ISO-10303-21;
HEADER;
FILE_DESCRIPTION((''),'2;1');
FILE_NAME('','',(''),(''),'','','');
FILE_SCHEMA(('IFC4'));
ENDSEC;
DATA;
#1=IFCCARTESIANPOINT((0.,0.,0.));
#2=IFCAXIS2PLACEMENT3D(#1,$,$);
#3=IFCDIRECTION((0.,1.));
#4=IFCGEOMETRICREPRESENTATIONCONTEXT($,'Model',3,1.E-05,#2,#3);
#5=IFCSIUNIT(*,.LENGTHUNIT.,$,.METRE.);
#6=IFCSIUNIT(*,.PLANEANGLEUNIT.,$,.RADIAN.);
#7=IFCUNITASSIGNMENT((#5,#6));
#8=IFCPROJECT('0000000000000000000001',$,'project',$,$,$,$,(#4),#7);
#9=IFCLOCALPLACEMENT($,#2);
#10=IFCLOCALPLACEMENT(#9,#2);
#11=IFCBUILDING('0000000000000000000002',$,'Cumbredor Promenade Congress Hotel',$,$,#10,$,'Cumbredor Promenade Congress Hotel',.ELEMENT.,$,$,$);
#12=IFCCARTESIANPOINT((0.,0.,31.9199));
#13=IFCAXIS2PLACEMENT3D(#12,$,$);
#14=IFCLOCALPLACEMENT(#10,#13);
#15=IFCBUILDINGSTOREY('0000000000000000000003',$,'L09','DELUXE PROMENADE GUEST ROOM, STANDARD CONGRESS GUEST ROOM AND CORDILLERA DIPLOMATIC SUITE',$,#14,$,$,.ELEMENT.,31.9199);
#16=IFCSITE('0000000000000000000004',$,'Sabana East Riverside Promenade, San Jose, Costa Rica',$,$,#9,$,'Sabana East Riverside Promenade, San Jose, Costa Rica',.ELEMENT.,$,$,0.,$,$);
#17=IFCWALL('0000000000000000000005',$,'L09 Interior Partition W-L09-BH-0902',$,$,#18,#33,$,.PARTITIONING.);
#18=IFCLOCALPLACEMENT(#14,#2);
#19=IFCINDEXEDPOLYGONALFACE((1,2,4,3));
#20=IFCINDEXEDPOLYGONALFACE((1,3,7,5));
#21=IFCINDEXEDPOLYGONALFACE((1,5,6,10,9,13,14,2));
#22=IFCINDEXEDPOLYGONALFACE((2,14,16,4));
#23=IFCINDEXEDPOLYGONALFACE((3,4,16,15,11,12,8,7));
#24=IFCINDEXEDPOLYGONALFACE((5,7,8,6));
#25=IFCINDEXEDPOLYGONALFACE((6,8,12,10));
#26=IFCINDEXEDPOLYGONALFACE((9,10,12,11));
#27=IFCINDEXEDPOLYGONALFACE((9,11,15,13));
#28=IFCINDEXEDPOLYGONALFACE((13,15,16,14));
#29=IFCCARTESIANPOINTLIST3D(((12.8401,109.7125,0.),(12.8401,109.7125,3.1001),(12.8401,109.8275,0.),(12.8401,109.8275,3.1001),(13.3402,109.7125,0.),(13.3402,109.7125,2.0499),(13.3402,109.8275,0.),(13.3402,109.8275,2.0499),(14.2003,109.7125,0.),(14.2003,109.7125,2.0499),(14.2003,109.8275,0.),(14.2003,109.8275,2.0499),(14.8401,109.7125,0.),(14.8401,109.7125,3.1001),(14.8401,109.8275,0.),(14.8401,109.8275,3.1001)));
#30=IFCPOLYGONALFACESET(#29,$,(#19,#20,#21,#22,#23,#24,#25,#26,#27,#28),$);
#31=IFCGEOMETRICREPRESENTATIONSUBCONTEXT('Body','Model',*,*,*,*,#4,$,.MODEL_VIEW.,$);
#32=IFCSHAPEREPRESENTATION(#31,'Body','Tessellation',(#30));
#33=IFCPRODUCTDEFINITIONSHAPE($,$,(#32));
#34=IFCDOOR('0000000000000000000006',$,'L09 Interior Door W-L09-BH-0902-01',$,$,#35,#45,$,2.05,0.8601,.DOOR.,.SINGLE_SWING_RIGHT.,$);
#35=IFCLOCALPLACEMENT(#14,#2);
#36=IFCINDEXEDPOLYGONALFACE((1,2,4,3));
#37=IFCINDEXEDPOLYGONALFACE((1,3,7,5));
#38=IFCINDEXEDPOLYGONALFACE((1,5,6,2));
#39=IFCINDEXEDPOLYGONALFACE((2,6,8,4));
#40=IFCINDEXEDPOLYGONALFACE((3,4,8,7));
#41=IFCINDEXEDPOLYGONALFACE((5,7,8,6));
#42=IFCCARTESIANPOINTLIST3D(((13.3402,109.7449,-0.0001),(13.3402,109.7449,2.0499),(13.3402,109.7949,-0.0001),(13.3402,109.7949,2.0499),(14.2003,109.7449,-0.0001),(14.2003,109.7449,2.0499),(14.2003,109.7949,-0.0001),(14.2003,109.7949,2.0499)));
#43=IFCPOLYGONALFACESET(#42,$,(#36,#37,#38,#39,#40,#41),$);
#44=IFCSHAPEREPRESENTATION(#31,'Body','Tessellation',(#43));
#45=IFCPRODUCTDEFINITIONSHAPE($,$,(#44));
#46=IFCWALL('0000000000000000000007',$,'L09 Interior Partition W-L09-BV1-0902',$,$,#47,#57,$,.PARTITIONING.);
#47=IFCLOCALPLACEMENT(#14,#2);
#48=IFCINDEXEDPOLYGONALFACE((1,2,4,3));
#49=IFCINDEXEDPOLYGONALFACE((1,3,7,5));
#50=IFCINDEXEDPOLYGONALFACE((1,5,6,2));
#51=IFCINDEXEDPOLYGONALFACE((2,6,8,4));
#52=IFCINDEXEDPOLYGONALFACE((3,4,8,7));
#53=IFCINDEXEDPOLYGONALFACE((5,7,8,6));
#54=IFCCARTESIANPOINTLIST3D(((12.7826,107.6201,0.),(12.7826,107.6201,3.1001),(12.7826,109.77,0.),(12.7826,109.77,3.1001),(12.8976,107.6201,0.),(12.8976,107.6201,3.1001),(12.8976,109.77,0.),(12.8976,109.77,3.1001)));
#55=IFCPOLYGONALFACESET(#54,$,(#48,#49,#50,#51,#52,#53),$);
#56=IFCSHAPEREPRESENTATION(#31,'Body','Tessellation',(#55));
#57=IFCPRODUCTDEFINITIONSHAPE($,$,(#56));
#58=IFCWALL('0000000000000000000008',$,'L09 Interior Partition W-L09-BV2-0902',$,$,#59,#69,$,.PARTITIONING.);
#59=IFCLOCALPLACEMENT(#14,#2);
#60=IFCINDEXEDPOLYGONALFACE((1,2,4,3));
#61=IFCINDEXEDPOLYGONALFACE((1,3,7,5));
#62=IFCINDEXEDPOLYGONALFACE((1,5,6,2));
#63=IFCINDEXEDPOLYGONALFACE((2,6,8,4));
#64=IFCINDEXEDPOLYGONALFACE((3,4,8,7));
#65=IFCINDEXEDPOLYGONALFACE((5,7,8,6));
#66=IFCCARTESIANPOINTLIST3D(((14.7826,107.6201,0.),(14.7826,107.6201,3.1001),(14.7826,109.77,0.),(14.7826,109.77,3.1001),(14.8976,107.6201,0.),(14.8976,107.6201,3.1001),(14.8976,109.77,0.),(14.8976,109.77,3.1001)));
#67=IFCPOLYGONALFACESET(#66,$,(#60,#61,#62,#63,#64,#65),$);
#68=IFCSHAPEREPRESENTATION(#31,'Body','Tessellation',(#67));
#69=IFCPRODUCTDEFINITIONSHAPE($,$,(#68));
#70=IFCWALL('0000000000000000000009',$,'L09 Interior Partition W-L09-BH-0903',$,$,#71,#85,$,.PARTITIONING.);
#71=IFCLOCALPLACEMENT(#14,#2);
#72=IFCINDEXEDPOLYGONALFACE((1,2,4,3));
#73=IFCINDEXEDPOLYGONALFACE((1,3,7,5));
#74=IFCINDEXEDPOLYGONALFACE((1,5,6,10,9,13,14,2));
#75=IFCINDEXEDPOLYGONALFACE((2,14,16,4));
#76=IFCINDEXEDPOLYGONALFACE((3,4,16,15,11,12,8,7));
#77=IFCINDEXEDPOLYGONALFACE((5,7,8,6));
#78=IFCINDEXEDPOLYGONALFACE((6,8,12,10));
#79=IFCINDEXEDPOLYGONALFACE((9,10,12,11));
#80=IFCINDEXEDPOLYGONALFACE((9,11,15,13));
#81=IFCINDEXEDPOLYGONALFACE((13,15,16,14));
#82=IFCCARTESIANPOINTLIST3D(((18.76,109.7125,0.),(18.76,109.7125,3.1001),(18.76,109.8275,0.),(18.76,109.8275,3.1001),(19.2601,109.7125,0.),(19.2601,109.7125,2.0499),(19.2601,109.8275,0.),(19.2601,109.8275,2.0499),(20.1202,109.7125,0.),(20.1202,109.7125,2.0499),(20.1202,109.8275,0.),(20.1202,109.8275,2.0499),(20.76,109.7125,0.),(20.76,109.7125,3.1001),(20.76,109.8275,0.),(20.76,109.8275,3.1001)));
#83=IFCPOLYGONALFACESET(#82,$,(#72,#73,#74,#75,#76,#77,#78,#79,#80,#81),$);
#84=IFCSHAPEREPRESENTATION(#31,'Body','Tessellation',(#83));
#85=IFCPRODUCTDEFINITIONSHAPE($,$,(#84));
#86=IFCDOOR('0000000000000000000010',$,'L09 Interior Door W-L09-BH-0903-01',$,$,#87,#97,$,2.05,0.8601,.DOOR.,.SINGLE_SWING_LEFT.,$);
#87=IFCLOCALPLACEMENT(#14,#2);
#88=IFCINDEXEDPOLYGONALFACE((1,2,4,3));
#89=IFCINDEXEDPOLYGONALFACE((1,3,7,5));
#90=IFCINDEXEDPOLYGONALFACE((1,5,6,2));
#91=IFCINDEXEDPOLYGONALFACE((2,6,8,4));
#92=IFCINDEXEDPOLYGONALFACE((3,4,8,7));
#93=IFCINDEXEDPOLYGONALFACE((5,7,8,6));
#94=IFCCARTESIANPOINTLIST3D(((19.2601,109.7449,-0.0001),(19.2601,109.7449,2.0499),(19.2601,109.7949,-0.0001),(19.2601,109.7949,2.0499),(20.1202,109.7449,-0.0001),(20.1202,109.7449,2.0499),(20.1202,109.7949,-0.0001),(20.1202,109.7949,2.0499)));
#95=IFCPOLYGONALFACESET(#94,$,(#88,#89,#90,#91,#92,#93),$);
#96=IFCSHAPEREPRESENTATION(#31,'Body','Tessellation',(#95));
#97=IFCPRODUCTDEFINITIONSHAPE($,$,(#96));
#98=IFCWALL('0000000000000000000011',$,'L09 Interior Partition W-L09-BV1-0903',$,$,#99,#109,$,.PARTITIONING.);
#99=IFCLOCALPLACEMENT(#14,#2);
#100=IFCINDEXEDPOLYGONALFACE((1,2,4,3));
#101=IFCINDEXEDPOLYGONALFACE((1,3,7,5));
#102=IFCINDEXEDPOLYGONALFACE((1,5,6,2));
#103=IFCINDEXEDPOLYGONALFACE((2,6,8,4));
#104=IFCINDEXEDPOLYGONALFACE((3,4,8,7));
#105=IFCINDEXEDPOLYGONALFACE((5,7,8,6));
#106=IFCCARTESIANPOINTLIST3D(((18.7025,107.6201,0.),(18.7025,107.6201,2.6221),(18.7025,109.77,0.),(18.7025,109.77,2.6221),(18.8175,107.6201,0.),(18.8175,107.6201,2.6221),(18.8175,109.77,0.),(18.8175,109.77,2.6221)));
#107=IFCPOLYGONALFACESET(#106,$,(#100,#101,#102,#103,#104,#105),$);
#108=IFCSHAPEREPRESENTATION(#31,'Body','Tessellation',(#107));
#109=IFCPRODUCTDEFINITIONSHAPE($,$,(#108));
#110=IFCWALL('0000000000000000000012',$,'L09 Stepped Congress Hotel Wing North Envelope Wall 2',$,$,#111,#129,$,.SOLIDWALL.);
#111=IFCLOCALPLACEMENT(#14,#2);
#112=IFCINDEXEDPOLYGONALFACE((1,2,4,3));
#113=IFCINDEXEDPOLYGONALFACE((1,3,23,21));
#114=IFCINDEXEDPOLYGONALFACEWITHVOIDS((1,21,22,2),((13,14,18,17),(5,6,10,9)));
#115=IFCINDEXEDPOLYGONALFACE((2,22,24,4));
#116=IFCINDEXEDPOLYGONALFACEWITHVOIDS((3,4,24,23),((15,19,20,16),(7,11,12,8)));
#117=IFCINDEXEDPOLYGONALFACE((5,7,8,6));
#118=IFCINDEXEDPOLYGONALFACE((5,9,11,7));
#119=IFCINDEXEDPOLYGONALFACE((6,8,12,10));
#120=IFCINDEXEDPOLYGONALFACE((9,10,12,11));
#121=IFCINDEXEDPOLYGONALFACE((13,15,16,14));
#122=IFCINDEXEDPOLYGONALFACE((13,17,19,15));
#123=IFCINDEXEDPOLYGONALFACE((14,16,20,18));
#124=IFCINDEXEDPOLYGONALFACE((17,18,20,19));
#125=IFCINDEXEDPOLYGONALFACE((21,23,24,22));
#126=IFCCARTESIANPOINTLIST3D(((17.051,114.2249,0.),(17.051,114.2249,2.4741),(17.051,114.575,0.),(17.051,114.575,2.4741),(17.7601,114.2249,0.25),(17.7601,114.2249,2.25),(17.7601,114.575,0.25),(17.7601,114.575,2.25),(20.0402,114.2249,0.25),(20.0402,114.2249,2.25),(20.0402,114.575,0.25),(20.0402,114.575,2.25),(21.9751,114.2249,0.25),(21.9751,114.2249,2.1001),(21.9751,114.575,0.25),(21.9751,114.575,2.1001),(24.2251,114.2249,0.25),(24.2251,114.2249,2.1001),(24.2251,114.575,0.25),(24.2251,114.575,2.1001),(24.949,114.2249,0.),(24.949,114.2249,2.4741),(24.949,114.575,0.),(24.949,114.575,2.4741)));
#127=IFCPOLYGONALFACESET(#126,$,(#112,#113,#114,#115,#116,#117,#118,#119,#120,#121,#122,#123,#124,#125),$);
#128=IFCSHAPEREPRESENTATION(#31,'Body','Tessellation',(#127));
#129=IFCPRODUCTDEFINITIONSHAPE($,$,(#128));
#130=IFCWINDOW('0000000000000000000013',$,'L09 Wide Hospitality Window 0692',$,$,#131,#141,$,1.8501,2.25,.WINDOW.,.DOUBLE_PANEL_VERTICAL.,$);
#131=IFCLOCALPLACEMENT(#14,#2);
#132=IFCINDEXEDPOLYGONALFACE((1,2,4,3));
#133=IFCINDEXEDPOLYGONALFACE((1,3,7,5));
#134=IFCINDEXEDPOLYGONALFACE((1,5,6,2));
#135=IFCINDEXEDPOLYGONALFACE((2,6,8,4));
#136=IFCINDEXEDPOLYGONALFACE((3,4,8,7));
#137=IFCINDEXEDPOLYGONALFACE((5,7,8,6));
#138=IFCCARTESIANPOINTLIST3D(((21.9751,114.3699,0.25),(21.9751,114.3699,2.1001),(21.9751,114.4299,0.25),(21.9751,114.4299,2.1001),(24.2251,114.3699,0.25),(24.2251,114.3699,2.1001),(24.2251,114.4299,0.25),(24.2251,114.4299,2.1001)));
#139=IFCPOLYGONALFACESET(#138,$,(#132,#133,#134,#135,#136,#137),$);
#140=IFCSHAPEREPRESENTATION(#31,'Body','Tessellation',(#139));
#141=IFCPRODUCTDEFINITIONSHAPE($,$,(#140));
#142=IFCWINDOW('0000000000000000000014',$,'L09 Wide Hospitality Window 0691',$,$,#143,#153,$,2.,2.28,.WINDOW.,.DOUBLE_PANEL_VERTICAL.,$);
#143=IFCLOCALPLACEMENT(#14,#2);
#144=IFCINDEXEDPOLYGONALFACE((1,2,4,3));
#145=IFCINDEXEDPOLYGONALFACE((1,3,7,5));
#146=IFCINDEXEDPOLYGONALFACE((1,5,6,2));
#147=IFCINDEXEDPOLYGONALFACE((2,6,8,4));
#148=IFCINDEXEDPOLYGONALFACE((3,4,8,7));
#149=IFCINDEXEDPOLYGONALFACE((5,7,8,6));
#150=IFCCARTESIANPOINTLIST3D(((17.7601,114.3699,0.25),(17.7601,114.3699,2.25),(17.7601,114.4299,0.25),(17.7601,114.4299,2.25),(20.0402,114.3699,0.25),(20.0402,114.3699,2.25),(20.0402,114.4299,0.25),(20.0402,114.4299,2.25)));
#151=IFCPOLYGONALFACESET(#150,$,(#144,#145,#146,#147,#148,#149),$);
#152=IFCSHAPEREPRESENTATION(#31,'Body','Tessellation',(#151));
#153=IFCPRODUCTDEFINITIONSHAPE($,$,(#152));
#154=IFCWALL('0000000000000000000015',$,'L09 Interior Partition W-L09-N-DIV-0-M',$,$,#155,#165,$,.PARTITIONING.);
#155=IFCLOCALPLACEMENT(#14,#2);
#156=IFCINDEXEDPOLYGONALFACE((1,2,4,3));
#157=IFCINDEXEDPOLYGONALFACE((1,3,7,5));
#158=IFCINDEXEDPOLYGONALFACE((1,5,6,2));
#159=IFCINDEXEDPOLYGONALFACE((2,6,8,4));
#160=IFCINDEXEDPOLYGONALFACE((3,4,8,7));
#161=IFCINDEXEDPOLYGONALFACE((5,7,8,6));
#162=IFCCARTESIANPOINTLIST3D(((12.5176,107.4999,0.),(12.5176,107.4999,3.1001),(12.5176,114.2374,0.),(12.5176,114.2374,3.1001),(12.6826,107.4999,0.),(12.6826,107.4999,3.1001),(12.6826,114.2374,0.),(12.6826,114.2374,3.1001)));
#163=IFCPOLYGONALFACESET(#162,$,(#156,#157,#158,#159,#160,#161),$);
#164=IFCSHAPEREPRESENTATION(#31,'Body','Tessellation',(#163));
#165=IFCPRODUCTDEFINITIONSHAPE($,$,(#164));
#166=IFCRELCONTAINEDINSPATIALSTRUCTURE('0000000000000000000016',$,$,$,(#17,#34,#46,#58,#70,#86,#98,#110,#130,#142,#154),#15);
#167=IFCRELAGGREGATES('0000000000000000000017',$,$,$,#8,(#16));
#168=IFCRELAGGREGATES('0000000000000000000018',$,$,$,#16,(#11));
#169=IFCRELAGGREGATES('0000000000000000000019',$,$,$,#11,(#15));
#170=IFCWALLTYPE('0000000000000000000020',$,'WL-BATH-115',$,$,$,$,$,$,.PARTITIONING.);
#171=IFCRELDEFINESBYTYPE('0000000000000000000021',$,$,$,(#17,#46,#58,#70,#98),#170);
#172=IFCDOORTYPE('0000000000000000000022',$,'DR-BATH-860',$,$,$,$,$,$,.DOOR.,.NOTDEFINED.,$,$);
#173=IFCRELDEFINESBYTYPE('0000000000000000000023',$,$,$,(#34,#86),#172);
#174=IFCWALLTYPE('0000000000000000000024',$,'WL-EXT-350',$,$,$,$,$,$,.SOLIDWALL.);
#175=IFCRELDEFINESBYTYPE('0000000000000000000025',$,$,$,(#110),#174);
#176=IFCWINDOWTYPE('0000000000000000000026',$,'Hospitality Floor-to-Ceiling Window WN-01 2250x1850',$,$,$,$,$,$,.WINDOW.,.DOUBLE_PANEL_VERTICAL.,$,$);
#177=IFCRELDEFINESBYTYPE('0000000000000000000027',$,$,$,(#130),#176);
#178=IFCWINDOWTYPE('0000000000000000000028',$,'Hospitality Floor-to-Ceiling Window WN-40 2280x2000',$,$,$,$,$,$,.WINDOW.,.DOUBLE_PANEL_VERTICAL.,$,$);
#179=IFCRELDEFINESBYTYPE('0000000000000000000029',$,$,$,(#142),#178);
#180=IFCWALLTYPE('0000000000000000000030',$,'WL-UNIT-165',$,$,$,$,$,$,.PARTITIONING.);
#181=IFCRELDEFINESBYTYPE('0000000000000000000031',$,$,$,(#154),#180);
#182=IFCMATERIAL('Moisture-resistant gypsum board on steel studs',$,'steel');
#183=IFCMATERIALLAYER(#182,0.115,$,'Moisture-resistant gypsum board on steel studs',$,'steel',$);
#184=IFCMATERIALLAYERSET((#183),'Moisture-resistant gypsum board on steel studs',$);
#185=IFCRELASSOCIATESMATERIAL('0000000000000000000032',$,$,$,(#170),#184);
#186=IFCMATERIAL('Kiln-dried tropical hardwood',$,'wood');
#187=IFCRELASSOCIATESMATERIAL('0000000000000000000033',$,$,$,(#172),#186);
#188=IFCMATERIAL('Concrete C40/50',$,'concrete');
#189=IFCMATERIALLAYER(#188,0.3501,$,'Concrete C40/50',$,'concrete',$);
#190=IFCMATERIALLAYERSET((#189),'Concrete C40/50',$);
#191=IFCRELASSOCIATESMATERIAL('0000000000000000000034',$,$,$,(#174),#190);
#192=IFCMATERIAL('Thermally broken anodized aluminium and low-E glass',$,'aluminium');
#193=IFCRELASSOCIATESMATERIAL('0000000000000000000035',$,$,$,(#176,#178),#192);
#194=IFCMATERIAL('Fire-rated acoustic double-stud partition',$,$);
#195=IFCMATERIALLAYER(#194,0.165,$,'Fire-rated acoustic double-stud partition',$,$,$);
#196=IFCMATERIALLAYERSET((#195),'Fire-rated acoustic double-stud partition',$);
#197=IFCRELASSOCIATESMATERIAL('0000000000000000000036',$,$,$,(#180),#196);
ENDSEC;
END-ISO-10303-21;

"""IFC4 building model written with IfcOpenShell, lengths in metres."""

from ifc_helpers import new_model, si_unit, direction, frame, frame_2d, origin, place, context, subcontext, project, spatial, rectangle, extrude, material, layer, layer_set, type_object, element, fill, save


model = new_model("IFC4")

# Units and contexts
model_context = context("Model", 3, precision=1e-05, world=origin(), true_north=direction((0.0, 1.0)))
body_context = subcontext(model_context, "Body", "Model", "MODEL_VIEW")
ifc_project = project(units=[si_unit("LENGTHUNIT", "METRE"), si_unit("PLANEANGLEUNIT", "RADIAN")], contexts=[model_context])

# Site, building, storey
site_placement = place(None, origin())
site = spatial("IfcSite", under=ifc_project, at=site_placement, Name="Sabana East Riverside Promenade, San Jose, Costa Rica", LongName="Sabana East Riverside Promenade, San Jose, Costa Rica", CompositionType="ELEMENT", RefElevation=0.0)
building_placement = place(site_placement, origin())
building = spatial("IfcBuilding", under=site, at=building_placement, Name="Cumbredor Promenade Congress Hotel", LongName="Cumbredor Promenade Congress Hotel", CompositionType="ELEMENT")
storey_placement = place(building_placement, frame((0.0, 0.0, 31.9199)))
storey = spatial("IfcBuildingStorey", under=building, at=storey_placement, Name="L09", Description="DELUXE PROMENADE GUEST ROOM, STANDARD CONGRESS GUEST ROOM AND CORDILLERA DIPLOMATIC SUITE", CompositionType="ELEMENT", Elevation=31.9199)

# Shared definitions
ifc_material_1 = material(Name="Concrete C40/50", Category="concrete")

# Shared definitions
ifc_material_2 = material(Name="Thermally broken anodized aluminium and low-E glass", Category="aluminium")

# Shared definitions
ifc_material_3 = material(Name="Kiln-dried tropical hardwood", Category="wood")

# Shared definitions
ifc_material_4 = material(Name="Moisture-resistant gypsum board on steel studs", Category="steel")
ifc_layer_1 = layer(ifc_material_4, 0.115, Name="Moisture-resistant gypsum board on steel studs", Category="steel")
ifc_layer_set_1 = layer_set([ifc_layer_1], Name="Moisture-resistant gypsum board on steel studs")
wall_type_1 = type_object("IfcWallType", Name="WL-BATH-115", PredefinedType="PARTITIONING", material=ifc_layer_set_1)

# Wall, opening, door
wall_1_placement = place(storey_placement, frame((12.8401, 109.77, 0.0), z_axis=(0.0, 0.0, 1.0), x_axis=(1.0, 0.0, 0.0)))
wall_1 = element("IfcWall", 1, at=wall_1_placement, inside=storey, type_object=wall_type_1, Name="L09 Interior Partition W-L09-BH-0902", PredefinedType="PARTITIONING", context=body_context, shape_type="SweptSolid", body=[
    extrude(rectangle(XDim=2.0, YDim=0.115, at=frame_2d((1.0, 0.0))), origin(), (0.0, 0.0, 1.0), 3.1001),
])
opening_1_placement = place(wall_1_placement, frame((0.5, 0.0, 0.0)))
opening_1 = element("IfcOpeningElement", 2, at=opening_1_placement, cuts=wall_1, PredefinedType="OPENING", context=body_context, shape_type="SweptSolid", body=[
    extrude(rectangle(XDim=0.8601, YDim=2.05, at=frame_2d((0.4302, 1.0249))), frame((0.0, 0.0674, 0.0), z_axis=(0.0, -1.0, 0.0), x_axis=(1.0, 0.0, 0.0)), (0.0, 0.0, 1.0), 0.135),
])
door_type = type_object("IfcDoorType", Name="DR-BATH-860", OperationType="NOTDEFINED", PredefinedType="DOOR", material=ifc_material_3)
door_1_placement = place(opening_1_placement, origin())
door_1 = element("IfcDoor", 3, at=door_1_placement, inside=storey, type_object=door_type, Name="L09 Interior Door W-L09-BH-0902-01", OperationType="SINGLE_SWING_RIGHT", OverallHeight=2.05, OverallWidth=0.8601, PredefinedType="DOOR", context=body_context, shape_type="SweptSolid", body=[
    extrude(rectangle(XDim=0.8601, YDim=2.05, at=frame_2d((0.4302, 1.0249))), frame((0.0, 0.0249, 0.0), z_axis=(0.0, -1.0, 0.0), x_axis=(1.0, 0.0, 0.0)), (0.0, 0.0, 1.0), 0.05),
])
fill(opening_1, door_1)

# Walls
for number, where, z_axis, x_axis, name in (
    (4, (12.8401, 107.6201, 0.0), (0.0, 0.0, 1.0), (0.0, 1.0, 0.0), "L09 Interior Partition W-L09-BV1-0902"),
    (5, (14.8401, 107.6201, 0.0), (0.0, 0.0, 1.0), (0.0, 1.0, 0.0), "L09 Interior Partition W-L09-BV2-0902"),
):
    element("IfcWall", number, at=place(storey_placement, frame(where, z_axis=z_axis, x_axis=x_axis)), inside=storey, type_object=wall_type_1, Name=name, PredefinedType="PARTITIONING", context=body_context, shape_type="SweptSolid", body=[
        extrude(rectangle(XDim=2.1499, YDim=0.115, at=frame_2d((1.075, 0.0))), origin(), (0.0, 0.0, 1.0), 3.1001),
    ])

# Wall, opening, door
wall_2_placement = place(storey_placement, frame((18.76, 109.77, 0.0), z_axis=(0.0, 0.0, 1.0), x_axis=(1.0, 0.0, 0.0)))
wall_2 = element("IfcWall", 6, at=wall_2_placement, inside=storey, type_object=wall_type_1, Name="L09 Interior Partition W-L09-BH-0903", PredefinedType="PARTITIONING", context=body_context, shape_type="SweptSolid", body=[
    extrude(rectangle(XDim=2.0, YDim=0.115, at=frame_2d((1.0, 0.0))), origin(), (0.0, 0.0, 1.0), 3.1001),
])
opening_2_placement = place(wall_2_placement, frame((0.5, 0.0, 0.0)))
opening_2 = element("IfcOpeningElement", 7, at=opening_2_placement, cuts=wall_2, PredefinedType="OPENING", context=body_context, shape_type="SweptSolid", body=[
    extrude(rectangle(XDim=0.8601, YDim=2.05, at=frame_2d((0.4302, 1.0249))), frame((0.0, 0.0674, 0.0), z_axis=(0.0, -1.0, 0.0), x_axis=(1.0, 0.0, 0.0)), (0.0, 0.0, 1.0), 0.135),
])
door_2_placement = place(opening_2_placement, origin())
door_2 = element("IfcDoor", 8, at=door_2_placement, inside=storey, type_object=door_type, Name="L09 Interior Door W-L09-BH-0903-01", OperationType="SINGLE_SWING_LEFT", OverallHeight=2.05, OverallWidth=0.8601, PredefinedType="DOOR", context=body_context, shape_type="SweptSolid", body=[
    extrude(rectangle(XDim=0.8601, YDim=2.05, at=frame_2d((0.4302, 1.0249))), frame((0.0, 0.0249, 0.0), z_axis=(0.0, -1.0, 0.0), x_axis=(1.0, 0.0, 0.0)), (0.0, 0.0, 1.0), 0.05),
])
fill(opening_2, door_2)

# Wall
wall_3_placement = place(storey_placement, frame((18.76, 107.6201, 0.0), z_axis=(0.0, 0.0, 1.0), x_axis=(0.0, 1.0, 0.0)))
element("IfcWall", 9, at=wall_3_placement, inside=storey, type_object=wall_type_1, Name="L09 Interior Partition W-L09-BV1-0903", PredefinedType="PARTITIONING", context=body_context, shape_type="SweptSolid", body=[
    extrude(rectangle(XDim=2.1499, YDim=0.115, at=frame_2d((1.075, 0.0))), origin(), (0.0, 0.0, 1.0), 2.6221),
])

# Wall, openings, windows
ifc_layer_2 = layer(ifc_material_1, 0.3501, Name="Concrete C40/50", Category="concrete")
ifc_layer_set_2 = layer_set([ifc_layer_2], Name="Concrete C40/50")
wall_type_2 = type_object("IfcWallType", Name="WL-EXT-350", PredefinedType="SOLIDWALL", material=ifc_layer_set_2)
wall_4_placement = place(storey_placement, frame((17.051, 114.3999, 0.0), z_axis=(0.0, 0.0, 1.0), x_axis=(1.0, 0.0, 0.0)))
wall_4 = element("IfcWall", 10, at=wall_4_placement, inside=storey, type_object=wall_type_2, Name="L09 Stepped Congress Hotel Wing North Envelope Wall 2", PredefinedType="SOLIDWALL", context=body_context, shape_type="SweptSolid", body=[
    extrude(rectangle(XDim=7.8979, YDim=0.3501, at=frame_2d((3.949, 0.0))), origin(), (0.0, 0.0, 1.0), 2.4741),
])
opening_3_placement = place(wall_4_placement, frame((0.709, 0.0, 0.25)))
opening_3 = element("IfcOpeningElement", 11, at=opening_3_placement, cuts=wall_4, PredefinedType="OPENING", context=body_context, shape_type="SweptSolid", body=[
    extrude(rectangle(XDim=2.28, YDim=2.0, at=frame_2d((1.1401, 1.0))), frame((0.0, 0.1851, 0.0), z_axis=(0.0, -1.0, 0.0), x_axis=(1.0, 0.0, 0.0)), (0.0, 0.0, 1.0), 0.3701),
])
opening_4_placement = place(wall_4_placement, frame((4.9241, 0.0, 0.25)))
opening_4 = element("IfcOpeningElement", 12, at=opening_4_placement, cuts=wall_4, PredefinedType="OPENING", context=body_context, shape_type="SweptSolid", body=[
    extrude(rectangle(XDim=2.25, YDim=1.8501, at=frame_2d((1.125, 0.925))), frame((0.0, 0.1851, 0.0), z_axis=(0.0, -1.0, 0.0), x_axis=(1.0, 0.0, 0.0)), (0.0, 0.0, 1.0), 0.3701),
])
window_type_1 = type_object("IfcWindowType", Name="Hospitality Floor-to-Ceiling Window WN-01 2250x1850", PartitioningType="DOUBLE_PANEL_VERTICAL", PredefinedType="WINDOW", material=ifc_material_2)
window_1_placement = place(opening_4_placement, origin())
window_1 = element("IfcWindow", 13, at=window_1_placement, inside=storey, type_object=window_type_1, Name="L09 Wide Hospitality Window 0692", OverallHeight=1.8501, OverallWidth=2.25, PartitioningType="DOUBLE_PANEL_VERTICAL", PredefinedType="WINDOW", context=body_context, shape_type="SweptSolid", body=[
    extrude(rectangle(XDim=2.25, YDim=1.8501, at=frame_2d((1.125, 0.925))), frame((0.0, 0.03, 0.0), z_axis=(0.0, -1.0, 0.0), x_axis=(1.0, 0.0, 0.0)), (0.0, 0.0, 1.0), 0.0601),
])
fill(opening_4, window_1)
window_type_2 = type_object("IfcWindowType", Name="Hospitality Floor-to-Ceiling Window WN-40 2280x2000", PartitioningType="DOUBLE_PANEL_VERTICAL", PredefinedType="WINDOW", material=ifc_material_2)
window_2_placement = place(opening_3_placement, origin())
window_2 = element("IfcWindow", 14, at=window_2_placement, inside=storey, type_object=window_type_2, Name="L09 Wide Hospitality Window 0691", OverallHeight=2.0, OverallWidth=2.28, PartitioningType="DOUBLE_PANEL_VERTICAL", PredefinedType="WINDOW", context=body_context, shape_type="SweptSolid", body=[
    extrude(rectangle(XDim=2.28, YDim=2.0, at=frame_2d((1.1401, 1.0))), frame((0.0, 0.03, 0.0), z_axis=(0.0, -1.0, 0.0), x_axis=(1.0, 0.0, 0.0)), (0.0, 0.0, 1.0), 0.0601),
])
fill(opening_3, window_2)

# Wall
ifc_material_5 = material(Name="Fire-rated acoustic double-stud partition")
ifc_layer_3 = layer(ifc_material_5, 0.165, Name="Fire-rated acoustic double-stud partition")
ifc_layer_set_3 = layer_set([ifc_layer_3], Name="Fire-rated acoustic double-stud partition")
wall_type_3 = type_object("IfcWallType", Name="WL-UNIT-165", PredefinedType="PARTITIONING", material=ifc_layer_set_3)
wall_5_placement = place(storey_placement, frame((12.6001, 107.5, 0.0), z_axis=(0.0, 0.0, 1.0), x_axis=(0.0, 1.0, 0.0)))
element("IfcWall", 15, at=wall_5_placement, inside=storey, type_object=wall_type_3, Name="L09 Interior Partition W-L09-N-DIV-0-M", PredefinedType="PARTITIONING", context=body_context, shape_type="SweptSolid", body=[
    extrude(rectangle(XDim=6.7375, YDim=0.165, at=frame_2d((3.3687, 0.0))), origin(), (0.0, 0.0, 1.0), 3.1001),
])

save(model, "model.ifc")
